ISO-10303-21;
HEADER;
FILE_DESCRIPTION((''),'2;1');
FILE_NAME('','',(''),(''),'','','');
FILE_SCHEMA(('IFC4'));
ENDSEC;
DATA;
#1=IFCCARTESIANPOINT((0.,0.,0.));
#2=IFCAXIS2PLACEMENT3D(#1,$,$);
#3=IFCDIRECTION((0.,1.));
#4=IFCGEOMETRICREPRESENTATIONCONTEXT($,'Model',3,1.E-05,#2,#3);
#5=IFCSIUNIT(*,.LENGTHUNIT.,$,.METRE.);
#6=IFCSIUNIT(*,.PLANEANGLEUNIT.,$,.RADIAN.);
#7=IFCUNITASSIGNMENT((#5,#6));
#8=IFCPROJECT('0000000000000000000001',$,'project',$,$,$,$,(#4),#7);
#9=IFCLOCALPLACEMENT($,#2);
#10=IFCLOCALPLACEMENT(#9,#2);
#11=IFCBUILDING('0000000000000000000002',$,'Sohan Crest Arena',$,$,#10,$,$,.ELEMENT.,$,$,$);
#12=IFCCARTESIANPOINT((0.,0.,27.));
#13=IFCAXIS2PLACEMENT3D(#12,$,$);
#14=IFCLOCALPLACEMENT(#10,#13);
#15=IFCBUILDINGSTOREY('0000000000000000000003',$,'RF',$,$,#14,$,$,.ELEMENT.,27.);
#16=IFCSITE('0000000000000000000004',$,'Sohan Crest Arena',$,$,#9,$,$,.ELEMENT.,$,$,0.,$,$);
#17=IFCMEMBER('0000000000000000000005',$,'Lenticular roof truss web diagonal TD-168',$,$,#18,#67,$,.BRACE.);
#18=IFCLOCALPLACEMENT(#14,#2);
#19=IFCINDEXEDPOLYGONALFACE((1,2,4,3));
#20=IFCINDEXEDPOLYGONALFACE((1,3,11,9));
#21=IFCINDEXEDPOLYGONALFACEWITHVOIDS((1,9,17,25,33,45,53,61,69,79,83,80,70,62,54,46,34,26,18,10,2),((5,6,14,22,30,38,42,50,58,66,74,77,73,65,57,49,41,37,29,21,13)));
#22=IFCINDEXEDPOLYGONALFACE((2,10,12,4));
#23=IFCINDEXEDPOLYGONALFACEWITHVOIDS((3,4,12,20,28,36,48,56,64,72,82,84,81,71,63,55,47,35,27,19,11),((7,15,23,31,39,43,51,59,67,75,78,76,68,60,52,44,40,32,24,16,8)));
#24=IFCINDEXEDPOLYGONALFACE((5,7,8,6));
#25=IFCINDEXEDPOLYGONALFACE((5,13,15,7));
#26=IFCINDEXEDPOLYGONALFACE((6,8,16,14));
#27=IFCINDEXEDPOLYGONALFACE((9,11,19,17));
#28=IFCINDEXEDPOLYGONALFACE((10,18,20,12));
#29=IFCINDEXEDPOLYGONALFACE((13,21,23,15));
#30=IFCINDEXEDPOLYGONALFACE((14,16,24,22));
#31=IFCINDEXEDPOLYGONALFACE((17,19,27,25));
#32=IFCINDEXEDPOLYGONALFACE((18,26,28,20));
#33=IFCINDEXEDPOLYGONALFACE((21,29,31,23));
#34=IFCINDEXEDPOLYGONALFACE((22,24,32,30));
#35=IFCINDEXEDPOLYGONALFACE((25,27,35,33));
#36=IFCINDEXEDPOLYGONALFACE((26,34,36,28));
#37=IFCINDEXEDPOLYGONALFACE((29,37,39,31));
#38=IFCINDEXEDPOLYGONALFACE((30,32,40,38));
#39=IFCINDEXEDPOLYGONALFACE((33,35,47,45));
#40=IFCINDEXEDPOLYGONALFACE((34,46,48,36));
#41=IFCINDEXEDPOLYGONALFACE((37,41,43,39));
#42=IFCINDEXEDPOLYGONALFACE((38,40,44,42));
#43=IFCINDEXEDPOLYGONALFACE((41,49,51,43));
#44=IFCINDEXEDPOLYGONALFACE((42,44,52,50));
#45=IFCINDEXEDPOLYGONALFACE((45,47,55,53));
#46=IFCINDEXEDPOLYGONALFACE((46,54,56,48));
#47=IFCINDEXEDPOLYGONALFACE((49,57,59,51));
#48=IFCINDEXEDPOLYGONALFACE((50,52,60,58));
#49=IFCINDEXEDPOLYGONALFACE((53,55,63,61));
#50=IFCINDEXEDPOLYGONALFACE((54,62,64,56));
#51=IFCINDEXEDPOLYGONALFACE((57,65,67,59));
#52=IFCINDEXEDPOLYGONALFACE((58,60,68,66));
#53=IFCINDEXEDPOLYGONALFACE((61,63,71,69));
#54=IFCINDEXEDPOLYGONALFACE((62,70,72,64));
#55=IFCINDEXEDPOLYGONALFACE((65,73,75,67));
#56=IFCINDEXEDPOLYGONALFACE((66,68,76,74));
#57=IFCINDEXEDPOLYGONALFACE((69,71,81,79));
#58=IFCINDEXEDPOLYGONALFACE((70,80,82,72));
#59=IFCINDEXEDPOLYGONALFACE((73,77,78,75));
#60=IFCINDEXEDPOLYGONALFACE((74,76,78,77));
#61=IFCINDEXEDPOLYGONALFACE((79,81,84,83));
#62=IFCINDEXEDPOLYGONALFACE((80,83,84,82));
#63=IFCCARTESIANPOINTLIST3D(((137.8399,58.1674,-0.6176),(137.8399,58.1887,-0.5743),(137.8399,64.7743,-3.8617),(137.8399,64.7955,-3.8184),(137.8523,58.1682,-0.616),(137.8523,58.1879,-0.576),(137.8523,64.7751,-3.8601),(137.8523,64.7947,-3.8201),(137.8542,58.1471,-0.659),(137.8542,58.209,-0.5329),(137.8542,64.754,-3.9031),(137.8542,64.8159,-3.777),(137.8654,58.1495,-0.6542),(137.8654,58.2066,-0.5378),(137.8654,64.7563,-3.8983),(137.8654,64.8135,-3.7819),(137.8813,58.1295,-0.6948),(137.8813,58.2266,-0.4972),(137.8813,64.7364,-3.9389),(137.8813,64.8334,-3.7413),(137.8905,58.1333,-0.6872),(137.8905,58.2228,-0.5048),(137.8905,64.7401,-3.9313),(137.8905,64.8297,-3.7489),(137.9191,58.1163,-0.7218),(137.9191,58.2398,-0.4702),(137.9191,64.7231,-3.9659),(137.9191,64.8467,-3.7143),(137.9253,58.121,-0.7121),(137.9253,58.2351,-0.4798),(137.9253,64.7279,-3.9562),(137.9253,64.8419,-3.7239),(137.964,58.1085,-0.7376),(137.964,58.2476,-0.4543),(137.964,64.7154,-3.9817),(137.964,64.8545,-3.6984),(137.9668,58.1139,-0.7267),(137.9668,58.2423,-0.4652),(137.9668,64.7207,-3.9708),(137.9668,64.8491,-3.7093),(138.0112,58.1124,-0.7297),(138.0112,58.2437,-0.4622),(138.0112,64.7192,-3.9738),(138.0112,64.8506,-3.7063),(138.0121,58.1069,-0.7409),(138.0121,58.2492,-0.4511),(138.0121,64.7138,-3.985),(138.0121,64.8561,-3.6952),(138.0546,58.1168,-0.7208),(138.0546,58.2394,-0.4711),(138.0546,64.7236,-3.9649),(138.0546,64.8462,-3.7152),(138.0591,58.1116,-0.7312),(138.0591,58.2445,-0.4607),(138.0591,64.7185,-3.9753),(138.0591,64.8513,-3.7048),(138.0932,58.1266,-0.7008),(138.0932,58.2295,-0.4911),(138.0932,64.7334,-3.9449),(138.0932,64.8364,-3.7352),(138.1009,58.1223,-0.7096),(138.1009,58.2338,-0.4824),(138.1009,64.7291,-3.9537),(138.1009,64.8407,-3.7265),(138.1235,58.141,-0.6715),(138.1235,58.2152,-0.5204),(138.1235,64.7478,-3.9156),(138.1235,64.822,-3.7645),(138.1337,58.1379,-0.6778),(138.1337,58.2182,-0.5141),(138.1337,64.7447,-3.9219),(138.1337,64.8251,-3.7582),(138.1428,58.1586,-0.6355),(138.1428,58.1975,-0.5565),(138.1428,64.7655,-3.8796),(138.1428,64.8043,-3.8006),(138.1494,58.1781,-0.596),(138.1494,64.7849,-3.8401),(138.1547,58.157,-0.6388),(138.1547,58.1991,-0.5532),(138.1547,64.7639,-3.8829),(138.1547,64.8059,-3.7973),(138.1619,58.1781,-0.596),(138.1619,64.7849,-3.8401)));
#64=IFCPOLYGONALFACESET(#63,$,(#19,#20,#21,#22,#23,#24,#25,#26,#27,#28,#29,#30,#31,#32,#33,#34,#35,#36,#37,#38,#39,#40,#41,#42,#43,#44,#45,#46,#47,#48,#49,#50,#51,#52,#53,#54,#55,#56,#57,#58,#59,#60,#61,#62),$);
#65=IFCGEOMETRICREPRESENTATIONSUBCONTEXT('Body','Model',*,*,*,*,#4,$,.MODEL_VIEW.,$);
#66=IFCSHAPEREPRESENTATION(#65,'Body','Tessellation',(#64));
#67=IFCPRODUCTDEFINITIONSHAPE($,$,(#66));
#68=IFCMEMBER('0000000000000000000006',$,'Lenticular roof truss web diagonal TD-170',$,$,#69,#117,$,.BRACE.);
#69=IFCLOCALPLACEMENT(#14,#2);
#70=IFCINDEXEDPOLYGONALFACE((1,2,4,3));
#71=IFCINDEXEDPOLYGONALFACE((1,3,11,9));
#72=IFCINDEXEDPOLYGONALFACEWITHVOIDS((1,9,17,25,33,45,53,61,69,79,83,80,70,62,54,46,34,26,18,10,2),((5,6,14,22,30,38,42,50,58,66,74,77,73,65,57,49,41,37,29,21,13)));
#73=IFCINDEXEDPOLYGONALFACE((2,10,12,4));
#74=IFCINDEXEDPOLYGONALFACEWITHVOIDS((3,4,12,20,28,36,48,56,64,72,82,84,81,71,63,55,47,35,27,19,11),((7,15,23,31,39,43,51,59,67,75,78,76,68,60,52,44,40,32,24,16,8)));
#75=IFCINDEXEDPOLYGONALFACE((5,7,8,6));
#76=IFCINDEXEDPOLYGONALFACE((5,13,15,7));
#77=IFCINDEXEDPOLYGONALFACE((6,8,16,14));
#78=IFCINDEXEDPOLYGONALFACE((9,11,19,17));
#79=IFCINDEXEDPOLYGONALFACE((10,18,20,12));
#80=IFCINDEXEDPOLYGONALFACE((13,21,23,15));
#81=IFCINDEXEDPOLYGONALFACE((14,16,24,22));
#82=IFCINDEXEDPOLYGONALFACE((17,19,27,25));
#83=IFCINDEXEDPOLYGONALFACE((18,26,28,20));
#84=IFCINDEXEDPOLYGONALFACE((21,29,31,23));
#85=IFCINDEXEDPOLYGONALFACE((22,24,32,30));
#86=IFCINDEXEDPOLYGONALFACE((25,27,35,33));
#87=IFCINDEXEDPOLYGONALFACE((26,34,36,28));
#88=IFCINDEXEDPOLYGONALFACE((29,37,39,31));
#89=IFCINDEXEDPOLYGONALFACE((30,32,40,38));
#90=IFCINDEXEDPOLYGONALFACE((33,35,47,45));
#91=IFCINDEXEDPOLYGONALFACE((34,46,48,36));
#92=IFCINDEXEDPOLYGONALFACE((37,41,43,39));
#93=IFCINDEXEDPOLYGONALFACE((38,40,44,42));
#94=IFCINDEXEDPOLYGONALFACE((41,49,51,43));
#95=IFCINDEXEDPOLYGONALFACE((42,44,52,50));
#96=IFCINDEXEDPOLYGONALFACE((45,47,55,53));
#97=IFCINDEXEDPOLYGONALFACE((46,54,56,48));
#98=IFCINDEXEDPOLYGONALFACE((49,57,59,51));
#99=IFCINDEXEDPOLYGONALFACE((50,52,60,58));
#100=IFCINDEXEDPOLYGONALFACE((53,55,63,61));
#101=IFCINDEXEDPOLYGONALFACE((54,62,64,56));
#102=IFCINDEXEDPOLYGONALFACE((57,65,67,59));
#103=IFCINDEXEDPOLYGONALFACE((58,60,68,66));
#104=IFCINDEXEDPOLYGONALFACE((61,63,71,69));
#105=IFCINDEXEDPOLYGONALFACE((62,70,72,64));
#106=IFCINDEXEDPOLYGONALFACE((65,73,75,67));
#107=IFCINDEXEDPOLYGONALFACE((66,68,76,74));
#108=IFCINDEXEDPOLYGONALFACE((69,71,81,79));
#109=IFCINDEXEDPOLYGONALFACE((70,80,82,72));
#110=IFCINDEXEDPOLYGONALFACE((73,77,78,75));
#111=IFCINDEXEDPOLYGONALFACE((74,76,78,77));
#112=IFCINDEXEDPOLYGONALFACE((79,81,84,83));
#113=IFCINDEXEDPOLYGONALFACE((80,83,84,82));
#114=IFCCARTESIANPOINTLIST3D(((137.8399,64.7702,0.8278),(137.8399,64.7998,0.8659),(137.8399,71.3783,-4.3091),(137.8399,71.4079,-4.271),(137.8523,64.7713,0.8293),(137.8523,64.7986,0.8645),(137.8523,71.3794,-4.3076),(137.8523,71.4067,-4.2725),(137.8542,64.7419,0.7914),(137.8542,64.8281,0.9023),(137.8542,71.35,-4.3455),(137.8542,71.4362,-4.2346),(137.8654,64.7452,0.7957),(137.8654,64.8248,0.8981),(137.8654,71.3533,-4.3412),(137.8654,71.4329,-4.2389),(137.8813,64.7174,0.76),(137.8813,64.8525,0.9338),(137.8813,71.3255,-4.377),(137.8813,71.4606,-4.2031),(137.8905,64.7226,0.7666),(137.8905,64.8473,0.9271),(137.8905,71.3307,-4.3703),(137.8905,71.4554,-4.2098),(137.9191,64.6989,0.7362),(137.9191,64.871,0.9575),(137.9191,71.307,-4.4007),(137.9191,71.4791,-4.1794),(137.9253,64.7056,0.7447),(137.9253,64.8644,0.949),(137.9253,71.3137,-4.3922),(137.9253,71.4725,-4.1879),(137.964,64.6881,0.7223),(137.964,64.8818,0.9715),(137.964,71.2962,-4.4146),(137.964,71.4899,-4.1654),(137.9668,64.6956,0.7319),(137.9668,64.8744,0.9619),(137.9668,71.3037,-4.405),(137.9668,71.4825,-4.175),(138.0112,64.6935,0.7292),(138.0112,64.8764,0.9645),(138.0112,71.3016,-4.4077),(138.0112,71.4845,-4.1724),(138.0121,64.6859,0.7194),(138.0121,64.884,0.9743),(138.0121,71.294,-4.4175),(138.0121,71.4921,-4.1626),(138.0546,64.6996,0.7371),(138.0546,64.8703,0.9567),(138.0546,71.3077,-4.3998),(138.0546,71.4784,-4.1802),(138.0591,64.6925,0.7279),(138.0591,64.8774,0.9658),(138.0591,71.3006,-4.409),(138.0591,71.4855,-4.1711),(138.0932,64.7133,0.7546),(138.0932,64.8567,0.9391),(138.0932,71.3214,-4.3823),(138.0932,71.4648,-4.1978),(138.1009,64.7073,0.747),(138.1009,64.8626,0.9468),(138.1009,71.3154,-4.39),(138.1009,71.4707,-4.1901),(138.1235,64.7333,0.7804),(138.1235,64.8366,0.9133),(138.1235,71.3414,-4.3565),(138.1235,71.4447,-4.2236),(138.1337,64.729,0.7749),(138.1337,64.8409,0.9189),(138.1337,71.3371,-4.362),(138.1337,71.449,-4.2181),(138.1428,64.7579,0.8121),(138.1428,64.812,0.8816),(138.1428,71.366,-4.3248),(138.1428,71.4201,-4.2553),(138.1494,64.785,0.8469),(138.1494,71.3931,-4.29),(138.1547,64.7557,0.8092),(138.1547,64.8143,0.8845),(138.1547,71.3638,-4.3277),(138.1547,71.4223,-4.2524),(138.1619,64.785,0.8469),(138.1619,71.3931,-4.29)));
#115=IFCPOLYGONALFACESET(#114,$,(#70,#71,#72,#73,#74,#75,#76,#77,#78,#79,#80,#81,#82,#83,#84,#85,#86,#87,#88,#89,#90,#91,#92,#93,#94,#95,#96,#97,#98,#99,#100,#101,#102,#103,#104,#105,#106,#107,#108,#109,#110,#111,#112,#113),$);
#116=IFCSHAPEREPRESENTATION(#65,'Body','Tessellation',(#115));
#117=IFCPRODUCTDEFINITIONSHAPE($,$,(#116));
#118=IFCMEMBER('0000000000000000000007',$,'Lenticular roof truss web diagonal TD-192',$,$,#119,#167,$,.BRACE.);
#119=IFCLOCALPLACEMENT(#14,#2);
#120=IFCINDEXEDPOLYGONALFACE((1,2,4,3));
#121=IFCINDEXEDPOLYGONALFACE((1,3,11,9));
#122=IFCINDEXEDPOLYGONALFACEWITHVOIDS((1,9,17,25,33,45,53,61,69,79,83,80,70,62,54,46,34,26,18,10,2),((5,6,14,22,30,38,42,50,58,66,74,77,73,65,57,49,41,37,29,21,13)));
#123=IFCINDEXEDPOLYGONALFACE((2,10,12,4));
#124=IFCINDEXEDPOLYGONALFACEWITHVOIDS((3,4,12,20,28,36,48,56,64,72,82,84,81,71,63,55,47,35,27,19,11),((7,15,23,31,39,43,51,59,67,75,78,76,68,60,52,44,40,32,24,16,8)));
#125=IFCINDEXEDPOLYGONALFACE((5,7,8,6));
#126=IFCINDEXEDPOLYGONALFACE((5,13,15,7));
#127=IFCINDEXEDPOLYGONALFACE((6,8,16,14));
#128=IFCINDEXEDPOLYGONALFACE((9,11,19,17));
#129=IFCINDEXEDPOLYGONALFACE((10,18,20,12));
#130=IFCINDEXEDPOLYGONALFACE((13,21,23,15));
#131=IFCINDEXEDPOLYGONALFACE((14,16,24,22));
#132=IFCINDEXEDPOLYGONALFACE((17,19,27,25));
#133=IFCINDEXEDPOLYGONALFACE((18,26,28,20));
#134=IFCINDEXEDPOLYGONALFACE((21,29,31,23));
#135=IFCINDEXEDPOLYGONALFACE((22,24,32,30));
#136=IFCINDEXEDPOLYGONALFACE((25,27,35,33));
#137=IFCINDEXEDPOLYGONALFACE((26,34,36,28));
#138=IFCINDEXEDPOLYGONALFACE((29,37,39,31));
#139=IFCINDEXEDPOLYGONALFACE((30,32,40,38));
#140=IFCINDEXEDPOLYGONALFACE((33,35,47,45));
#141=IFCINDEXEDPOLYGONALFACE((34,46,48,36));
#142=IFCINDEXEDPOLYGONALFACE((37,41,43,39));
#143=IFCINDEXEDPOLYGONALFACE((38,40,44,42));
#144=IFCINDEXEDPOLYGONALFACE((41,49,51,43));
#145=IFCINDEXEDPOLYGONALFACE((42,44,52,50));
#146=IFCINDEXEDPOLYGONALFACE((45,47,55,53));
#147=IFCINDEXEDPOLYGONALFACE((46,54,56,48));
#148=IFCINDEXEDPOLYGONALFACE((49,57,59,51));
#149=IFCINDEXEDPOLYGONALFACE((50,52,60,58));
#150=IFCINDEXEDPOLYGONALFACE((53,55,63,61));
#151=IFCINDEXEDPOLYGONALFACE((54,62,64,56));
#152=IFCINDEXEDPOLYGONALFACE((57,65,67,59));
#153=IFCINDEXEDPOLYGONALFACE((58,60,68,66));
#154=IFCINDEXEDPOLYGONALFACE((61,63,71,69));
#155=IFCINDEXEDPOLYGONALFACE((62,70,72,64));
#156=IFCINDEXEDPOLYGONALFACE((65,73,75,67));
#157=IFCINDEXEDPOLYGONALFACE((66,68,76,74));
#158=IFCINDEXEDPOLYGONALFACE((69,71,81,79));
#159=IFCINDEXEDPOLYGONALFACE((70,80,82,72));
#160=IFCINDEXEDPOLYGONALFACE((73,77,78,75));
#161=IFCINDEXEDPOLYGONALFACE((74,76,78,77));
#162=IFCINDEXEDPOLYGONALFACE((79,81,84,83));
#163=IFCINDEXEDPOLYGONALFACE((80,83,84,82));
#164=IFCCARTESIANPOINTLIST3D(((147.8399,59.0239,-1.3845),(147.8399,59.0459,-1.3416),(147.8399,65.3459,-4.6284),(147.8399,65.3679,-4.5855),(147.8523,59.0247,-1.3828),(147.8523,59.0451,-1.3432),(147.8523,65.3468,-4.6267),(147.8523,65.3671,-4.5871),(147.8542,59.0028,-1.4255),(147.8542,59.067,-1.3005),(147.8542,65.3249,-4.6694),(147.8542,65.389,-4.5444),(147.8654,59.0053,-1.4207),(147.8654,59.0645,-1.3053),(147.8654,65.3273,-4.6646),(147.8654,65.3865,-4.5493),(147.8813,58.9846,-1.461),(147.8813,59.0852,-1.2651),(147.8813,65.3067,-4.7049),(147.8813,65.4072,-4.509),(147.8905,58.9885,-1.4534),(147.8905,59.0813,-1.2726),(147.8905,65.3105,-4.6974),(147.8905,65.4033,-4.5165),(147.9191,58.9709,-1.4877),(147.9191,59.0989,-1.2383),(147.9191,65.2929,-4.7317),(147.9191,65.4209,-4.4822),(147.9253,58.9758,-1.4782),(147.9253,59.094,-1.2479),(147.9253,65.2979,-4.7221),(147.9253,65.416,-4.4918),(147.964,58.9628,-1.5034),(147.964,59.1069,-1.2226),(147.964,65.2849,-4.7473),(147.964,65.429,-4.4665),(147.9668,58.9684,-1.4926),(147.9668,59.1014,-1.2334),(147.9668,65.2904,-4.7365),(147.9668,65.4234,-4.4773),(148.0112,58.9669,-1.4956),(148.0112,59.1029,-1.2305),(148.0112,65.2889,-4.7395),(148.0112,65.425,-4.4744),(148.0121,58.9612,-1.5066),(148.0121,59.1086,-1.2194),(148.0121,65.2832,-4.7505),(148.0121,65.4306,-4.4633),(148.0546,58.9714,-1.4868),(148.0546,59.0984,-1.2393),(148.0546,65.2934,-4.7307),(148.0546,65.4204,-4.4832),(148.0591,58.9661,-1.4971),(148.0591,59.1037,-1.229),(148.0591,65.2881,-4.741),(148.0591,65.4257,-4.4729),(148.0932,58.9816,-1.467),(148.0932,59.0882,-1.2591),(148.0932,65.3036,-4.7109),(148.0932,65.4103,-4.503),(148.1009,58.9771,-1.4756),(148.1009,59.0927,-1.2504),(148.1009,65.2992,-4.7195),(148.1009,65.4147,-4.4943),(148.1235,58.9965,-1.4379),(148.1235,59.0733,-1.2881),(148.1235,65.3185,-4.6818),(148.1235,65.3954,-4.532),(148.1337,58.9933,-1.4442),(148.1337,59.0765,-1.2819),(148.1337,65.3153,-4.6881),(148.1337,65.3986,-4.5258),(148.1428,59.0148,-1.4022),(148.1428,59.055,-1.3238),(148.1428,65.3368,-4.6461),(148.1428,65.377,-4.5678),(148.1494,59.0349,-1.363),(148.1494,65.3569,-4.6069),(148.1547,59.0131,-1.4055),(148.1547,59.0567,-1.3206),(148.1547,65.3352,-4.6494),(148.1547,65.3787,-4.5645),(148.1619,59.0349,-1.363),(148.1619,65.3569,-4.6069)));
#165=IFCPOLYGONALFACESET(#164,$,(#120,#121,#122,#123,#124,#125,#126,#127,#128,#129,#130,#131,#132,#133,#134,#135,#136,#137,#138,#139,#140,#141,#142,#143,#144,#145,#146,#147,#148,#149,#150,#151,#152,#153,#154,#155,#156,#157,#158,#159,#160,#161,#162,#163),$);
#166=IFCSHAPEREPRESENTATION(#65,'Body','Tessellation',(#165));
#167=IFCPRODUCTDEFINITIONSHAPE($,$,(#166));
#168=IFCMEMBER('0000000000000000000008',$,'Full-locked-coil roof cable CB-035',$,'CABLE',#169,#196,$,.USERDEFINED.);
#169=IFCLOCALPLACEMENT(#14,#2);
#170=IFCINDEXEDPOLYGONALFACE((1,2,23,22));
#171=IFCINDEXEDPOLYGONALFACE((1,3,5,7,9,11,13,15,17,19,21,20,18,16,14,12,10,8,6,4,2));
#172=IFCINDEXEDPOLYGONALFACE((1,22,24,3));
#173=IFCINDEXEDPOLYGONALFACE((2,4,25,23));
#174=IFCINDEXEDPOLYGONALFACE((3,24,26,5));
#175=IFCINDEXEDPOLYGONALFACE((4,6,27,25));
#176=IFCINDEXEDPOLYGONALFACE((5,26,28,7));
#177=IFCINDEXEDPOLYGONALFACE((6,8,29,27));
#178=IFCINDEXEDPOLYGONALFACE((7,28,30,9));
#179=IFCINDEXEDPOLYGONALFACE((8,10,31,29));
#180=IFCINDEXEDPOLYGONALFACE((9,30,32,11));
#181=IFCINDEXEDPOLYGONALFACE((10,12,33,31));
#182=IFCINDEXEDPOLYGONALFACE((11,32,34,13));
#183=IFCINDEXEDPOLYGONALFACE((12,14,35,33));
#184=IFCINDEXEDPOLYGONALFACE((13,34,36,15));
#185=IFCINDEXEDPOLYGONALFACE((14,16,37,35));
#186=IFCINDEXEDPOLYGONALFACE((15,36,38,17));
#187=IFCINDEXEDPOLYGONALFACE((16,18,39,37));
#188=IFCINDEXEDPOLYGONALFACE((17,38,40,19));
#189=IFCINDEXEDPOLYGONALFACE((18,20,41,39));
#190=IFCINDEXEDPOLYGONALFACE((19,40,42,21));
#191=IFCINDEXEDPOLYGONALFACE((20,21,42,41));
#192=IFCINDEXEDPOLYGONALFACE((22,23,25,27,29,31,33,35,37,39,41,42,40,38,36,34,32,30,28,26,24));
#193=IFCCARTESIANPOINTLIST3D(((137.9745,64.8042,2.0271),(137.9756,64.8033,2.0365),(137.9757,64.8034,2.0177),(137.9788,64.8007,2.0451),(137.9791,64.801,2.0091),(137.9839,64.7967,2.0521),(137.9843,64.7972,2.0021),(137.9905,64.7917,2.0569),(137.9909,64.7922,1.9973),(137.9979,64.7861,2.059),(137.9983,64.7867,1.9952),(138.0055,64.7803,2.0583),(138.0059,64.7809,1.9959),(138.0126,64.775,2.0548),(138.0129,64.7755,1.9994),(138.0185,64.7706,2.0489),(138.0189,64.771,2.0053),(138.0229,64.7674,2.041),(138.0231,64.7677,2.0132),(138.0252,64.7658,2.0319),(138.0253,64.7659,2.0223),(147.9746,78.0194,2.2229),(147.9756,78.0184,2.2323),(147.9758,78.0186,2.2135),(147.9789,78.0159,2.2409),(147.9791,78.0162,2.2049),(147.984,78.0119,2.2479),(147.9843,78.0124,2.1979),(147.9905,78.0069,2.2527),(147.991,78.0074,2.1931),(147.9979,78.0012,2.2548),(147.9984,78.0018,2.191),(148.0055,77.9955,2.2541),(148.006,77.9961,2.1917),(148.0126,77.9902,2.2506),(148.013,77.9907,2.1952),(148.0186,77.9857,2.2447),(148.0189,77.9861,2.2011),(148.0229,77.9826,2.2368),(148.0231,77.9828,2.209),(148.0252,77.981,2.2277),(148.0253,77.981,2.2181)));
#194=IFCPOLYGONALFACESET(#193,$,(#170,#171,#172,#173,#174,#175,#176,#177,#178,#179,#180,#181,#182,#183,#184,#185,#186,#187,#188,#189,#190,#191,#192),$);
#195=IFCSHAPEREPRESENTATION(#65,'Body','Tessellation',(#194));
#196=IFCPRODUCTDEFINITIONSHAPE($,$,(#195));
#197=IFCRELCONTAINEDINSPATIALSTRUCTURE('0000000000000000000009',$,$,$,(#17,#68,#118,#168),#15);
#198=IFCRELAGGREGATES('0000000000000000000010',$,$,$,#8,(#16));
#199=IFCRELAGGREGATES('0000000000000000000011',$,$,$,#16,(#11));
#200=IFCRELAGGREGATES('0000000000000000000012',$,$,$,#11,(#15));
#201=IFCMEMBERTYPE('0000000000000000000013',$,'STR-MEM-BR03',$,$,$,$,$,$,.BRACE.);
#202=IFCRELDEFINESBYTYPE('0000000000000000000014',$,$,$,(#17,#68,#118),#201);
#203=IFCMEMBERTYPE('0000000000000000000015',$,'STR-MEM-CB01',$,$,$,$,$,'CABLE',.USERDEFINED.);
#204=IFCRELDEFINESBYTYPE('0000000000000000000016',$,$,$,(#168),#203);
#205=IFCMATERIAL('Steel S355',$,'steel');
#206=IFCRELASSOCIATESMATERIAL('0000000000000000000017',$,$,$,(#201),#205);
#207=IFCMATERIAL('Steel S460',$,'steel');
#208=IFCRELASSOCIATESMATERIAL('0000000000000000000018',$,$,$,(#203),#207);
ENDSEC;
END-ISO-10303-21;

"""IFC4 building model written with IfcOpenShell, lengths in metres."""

from ifc_helpers import new_model, si_unit, direction, frame, origin, origin_2d, place, context, subcontext, project, spatial, circle, hollow_circle, extrude, material, material_profile, profile_set, type_object, element, save


model = new_model("IFC4")

# Units and contexts
model_context = context("Model", 3, precision=1e-05, world=origin(), true_north=direction((0.0, 1.0)))
body_context = subcontext(model_context, "Body", "Model", "MODEL_VIEW")
ifc_project = project(units=[si_unit("LENGTHUNIT", "METRE"), si_unit("PLANEANGLEUNIT", "RADIAN")], contexts=[model_context])

# Site, building, storey
site_placement = place(None, origin())
site = spatial("IfcSite", under=ifc_project, at=site_placement, Name="Sohan Crest Arena", CompositionType="ELEMENT", RefElevation=0.0)
building_placement = place(site_placement, origin())
building = spatial("IfcBuilding", under=site, at=building_placement, Name="Sohan Crest Arena", CompositionType="ELEMENT")
storey_placement = place(building_placement, frame((0.0, 0.0, 27.0)))
storey = spatial("IfcBuildingStorey", under=building, at=storey_placement, Name="RF", CompositionType="ELEMENT", Elevation=27.0)

# Shared definitions
ifc_material_1 = material(Name="Steel S355", Category="steel")

# Members
ifc_material_profile_1 = material_profile(ifc_material_1, hollow_circle(Radius=0.1619, WallThickness=0.0125, at=origin_2d()), Name="CHS 323.9x12.5")
ifc_profile_set_1 = profile_set([ifc_material_profile_1], Name="Steel S355")
member_type_1 = type_object("IfcMemberType", Name="STR-MEM-BR03", PredefinedType="BRACE", material=ifc_profile_set_1)
member_1_placement = place(storey_placement, frame((138.0, 64.7849, -3.8401), z_axis=(0.0, -0.897628, 0.440754), x_axis=(1.0, 0.0, 0.0)))
element("IfcMember", 1, at=member_1_placement, inside=storey, type_object=member_type_1, Name="Lenticular roof truss web diagonal TD-168", PredefinedType="BRACE", context=body_context, shape_type="SweptSolid", body=[
    extrude(hollow_circle(Radius=0.1619, WallThickness=0.0125, at=origin_2d()), origin(), (0.0, 0.0, 1.0), 7.3604),
])
member_2_placement = place(storey_placement, frame((138.0, 71.3931, -4.29), z_axis=(0.0, -0.789509, 0.613739), x_axis=(1.0, 0.0, 0.0)))
element("IfcMember", 2, at=member_2_placement, inside=storey, type_object=member_type_1, Name="Lenticular roof truss web diagonal TD-170", PredefinedType="BRACE", context=body_context, shape_type="SweptSolid", body=[
    extrude(hollow_circle(Radius=0.1619, WallThickness=0.0125, at=origin_2d()), origin(), (0.0, 0.0, 1.0), 8.3699),
])
member_3_placement = place(storey_placement, frame((148.0, 65.3569, -4.6069), z_axis=(0.0, -0.889713, 0.456521), x_axis=(1.0, 0.0, 0.0)))
element("IfcMember", 3, at=member_3_placement, inside=storey, type_object=member_type_1, Name="Lenticular roof truss web diagonal TD-192", PredefinedType="BRACE", context=body_context, shape_type="SweptSolid", body=[
    extrude(hollow_circle(Radius=0.1619, WallThickness=0.0125, at=origin_2d()), origin(), (0.0, 0.0, 1.0), 7.1057),
])
ifc_material_2 = material(Name="Steel S460", Category="steel")
ifc_material_profile_2 = material_profile(ifc_material_2, circle(Radius=0.032, at=origin_2d()), Name="FLC D64")
ifc_profile_set_2 = profile_set([ifc_material_profile_2], Name="Steel S460")
member_type_2 = type_object("IfcMemberType", Name="STR-MEM-CB01", ElementType="CABLE", PredefinedType="USERDEFINED", material=ifc_profile_set_2)
member_4_placement = place(storey_placement, frame((138.0, 64.7849, 2.0271), z_axis=(0.603377, 0.797368, 0.011814), x_axis=(-0.797424, 0.603419, 0.0)))
element("IfcMember", 4, at=member_4_placement, inside=storey, type_object=member_type_2, Name="Full-locked-coil roof cable CB-035", ObjectType="CABLE", PredefinedType="USERDEFINED", context=body_context, shape_type="SweptSolid", body=[
    extrude(circle(Radius=0.032, at=origin_2d()), origin(), (0.0, 0.0, 1.0), 16.5735),
])

save(model, "model.ifc")
